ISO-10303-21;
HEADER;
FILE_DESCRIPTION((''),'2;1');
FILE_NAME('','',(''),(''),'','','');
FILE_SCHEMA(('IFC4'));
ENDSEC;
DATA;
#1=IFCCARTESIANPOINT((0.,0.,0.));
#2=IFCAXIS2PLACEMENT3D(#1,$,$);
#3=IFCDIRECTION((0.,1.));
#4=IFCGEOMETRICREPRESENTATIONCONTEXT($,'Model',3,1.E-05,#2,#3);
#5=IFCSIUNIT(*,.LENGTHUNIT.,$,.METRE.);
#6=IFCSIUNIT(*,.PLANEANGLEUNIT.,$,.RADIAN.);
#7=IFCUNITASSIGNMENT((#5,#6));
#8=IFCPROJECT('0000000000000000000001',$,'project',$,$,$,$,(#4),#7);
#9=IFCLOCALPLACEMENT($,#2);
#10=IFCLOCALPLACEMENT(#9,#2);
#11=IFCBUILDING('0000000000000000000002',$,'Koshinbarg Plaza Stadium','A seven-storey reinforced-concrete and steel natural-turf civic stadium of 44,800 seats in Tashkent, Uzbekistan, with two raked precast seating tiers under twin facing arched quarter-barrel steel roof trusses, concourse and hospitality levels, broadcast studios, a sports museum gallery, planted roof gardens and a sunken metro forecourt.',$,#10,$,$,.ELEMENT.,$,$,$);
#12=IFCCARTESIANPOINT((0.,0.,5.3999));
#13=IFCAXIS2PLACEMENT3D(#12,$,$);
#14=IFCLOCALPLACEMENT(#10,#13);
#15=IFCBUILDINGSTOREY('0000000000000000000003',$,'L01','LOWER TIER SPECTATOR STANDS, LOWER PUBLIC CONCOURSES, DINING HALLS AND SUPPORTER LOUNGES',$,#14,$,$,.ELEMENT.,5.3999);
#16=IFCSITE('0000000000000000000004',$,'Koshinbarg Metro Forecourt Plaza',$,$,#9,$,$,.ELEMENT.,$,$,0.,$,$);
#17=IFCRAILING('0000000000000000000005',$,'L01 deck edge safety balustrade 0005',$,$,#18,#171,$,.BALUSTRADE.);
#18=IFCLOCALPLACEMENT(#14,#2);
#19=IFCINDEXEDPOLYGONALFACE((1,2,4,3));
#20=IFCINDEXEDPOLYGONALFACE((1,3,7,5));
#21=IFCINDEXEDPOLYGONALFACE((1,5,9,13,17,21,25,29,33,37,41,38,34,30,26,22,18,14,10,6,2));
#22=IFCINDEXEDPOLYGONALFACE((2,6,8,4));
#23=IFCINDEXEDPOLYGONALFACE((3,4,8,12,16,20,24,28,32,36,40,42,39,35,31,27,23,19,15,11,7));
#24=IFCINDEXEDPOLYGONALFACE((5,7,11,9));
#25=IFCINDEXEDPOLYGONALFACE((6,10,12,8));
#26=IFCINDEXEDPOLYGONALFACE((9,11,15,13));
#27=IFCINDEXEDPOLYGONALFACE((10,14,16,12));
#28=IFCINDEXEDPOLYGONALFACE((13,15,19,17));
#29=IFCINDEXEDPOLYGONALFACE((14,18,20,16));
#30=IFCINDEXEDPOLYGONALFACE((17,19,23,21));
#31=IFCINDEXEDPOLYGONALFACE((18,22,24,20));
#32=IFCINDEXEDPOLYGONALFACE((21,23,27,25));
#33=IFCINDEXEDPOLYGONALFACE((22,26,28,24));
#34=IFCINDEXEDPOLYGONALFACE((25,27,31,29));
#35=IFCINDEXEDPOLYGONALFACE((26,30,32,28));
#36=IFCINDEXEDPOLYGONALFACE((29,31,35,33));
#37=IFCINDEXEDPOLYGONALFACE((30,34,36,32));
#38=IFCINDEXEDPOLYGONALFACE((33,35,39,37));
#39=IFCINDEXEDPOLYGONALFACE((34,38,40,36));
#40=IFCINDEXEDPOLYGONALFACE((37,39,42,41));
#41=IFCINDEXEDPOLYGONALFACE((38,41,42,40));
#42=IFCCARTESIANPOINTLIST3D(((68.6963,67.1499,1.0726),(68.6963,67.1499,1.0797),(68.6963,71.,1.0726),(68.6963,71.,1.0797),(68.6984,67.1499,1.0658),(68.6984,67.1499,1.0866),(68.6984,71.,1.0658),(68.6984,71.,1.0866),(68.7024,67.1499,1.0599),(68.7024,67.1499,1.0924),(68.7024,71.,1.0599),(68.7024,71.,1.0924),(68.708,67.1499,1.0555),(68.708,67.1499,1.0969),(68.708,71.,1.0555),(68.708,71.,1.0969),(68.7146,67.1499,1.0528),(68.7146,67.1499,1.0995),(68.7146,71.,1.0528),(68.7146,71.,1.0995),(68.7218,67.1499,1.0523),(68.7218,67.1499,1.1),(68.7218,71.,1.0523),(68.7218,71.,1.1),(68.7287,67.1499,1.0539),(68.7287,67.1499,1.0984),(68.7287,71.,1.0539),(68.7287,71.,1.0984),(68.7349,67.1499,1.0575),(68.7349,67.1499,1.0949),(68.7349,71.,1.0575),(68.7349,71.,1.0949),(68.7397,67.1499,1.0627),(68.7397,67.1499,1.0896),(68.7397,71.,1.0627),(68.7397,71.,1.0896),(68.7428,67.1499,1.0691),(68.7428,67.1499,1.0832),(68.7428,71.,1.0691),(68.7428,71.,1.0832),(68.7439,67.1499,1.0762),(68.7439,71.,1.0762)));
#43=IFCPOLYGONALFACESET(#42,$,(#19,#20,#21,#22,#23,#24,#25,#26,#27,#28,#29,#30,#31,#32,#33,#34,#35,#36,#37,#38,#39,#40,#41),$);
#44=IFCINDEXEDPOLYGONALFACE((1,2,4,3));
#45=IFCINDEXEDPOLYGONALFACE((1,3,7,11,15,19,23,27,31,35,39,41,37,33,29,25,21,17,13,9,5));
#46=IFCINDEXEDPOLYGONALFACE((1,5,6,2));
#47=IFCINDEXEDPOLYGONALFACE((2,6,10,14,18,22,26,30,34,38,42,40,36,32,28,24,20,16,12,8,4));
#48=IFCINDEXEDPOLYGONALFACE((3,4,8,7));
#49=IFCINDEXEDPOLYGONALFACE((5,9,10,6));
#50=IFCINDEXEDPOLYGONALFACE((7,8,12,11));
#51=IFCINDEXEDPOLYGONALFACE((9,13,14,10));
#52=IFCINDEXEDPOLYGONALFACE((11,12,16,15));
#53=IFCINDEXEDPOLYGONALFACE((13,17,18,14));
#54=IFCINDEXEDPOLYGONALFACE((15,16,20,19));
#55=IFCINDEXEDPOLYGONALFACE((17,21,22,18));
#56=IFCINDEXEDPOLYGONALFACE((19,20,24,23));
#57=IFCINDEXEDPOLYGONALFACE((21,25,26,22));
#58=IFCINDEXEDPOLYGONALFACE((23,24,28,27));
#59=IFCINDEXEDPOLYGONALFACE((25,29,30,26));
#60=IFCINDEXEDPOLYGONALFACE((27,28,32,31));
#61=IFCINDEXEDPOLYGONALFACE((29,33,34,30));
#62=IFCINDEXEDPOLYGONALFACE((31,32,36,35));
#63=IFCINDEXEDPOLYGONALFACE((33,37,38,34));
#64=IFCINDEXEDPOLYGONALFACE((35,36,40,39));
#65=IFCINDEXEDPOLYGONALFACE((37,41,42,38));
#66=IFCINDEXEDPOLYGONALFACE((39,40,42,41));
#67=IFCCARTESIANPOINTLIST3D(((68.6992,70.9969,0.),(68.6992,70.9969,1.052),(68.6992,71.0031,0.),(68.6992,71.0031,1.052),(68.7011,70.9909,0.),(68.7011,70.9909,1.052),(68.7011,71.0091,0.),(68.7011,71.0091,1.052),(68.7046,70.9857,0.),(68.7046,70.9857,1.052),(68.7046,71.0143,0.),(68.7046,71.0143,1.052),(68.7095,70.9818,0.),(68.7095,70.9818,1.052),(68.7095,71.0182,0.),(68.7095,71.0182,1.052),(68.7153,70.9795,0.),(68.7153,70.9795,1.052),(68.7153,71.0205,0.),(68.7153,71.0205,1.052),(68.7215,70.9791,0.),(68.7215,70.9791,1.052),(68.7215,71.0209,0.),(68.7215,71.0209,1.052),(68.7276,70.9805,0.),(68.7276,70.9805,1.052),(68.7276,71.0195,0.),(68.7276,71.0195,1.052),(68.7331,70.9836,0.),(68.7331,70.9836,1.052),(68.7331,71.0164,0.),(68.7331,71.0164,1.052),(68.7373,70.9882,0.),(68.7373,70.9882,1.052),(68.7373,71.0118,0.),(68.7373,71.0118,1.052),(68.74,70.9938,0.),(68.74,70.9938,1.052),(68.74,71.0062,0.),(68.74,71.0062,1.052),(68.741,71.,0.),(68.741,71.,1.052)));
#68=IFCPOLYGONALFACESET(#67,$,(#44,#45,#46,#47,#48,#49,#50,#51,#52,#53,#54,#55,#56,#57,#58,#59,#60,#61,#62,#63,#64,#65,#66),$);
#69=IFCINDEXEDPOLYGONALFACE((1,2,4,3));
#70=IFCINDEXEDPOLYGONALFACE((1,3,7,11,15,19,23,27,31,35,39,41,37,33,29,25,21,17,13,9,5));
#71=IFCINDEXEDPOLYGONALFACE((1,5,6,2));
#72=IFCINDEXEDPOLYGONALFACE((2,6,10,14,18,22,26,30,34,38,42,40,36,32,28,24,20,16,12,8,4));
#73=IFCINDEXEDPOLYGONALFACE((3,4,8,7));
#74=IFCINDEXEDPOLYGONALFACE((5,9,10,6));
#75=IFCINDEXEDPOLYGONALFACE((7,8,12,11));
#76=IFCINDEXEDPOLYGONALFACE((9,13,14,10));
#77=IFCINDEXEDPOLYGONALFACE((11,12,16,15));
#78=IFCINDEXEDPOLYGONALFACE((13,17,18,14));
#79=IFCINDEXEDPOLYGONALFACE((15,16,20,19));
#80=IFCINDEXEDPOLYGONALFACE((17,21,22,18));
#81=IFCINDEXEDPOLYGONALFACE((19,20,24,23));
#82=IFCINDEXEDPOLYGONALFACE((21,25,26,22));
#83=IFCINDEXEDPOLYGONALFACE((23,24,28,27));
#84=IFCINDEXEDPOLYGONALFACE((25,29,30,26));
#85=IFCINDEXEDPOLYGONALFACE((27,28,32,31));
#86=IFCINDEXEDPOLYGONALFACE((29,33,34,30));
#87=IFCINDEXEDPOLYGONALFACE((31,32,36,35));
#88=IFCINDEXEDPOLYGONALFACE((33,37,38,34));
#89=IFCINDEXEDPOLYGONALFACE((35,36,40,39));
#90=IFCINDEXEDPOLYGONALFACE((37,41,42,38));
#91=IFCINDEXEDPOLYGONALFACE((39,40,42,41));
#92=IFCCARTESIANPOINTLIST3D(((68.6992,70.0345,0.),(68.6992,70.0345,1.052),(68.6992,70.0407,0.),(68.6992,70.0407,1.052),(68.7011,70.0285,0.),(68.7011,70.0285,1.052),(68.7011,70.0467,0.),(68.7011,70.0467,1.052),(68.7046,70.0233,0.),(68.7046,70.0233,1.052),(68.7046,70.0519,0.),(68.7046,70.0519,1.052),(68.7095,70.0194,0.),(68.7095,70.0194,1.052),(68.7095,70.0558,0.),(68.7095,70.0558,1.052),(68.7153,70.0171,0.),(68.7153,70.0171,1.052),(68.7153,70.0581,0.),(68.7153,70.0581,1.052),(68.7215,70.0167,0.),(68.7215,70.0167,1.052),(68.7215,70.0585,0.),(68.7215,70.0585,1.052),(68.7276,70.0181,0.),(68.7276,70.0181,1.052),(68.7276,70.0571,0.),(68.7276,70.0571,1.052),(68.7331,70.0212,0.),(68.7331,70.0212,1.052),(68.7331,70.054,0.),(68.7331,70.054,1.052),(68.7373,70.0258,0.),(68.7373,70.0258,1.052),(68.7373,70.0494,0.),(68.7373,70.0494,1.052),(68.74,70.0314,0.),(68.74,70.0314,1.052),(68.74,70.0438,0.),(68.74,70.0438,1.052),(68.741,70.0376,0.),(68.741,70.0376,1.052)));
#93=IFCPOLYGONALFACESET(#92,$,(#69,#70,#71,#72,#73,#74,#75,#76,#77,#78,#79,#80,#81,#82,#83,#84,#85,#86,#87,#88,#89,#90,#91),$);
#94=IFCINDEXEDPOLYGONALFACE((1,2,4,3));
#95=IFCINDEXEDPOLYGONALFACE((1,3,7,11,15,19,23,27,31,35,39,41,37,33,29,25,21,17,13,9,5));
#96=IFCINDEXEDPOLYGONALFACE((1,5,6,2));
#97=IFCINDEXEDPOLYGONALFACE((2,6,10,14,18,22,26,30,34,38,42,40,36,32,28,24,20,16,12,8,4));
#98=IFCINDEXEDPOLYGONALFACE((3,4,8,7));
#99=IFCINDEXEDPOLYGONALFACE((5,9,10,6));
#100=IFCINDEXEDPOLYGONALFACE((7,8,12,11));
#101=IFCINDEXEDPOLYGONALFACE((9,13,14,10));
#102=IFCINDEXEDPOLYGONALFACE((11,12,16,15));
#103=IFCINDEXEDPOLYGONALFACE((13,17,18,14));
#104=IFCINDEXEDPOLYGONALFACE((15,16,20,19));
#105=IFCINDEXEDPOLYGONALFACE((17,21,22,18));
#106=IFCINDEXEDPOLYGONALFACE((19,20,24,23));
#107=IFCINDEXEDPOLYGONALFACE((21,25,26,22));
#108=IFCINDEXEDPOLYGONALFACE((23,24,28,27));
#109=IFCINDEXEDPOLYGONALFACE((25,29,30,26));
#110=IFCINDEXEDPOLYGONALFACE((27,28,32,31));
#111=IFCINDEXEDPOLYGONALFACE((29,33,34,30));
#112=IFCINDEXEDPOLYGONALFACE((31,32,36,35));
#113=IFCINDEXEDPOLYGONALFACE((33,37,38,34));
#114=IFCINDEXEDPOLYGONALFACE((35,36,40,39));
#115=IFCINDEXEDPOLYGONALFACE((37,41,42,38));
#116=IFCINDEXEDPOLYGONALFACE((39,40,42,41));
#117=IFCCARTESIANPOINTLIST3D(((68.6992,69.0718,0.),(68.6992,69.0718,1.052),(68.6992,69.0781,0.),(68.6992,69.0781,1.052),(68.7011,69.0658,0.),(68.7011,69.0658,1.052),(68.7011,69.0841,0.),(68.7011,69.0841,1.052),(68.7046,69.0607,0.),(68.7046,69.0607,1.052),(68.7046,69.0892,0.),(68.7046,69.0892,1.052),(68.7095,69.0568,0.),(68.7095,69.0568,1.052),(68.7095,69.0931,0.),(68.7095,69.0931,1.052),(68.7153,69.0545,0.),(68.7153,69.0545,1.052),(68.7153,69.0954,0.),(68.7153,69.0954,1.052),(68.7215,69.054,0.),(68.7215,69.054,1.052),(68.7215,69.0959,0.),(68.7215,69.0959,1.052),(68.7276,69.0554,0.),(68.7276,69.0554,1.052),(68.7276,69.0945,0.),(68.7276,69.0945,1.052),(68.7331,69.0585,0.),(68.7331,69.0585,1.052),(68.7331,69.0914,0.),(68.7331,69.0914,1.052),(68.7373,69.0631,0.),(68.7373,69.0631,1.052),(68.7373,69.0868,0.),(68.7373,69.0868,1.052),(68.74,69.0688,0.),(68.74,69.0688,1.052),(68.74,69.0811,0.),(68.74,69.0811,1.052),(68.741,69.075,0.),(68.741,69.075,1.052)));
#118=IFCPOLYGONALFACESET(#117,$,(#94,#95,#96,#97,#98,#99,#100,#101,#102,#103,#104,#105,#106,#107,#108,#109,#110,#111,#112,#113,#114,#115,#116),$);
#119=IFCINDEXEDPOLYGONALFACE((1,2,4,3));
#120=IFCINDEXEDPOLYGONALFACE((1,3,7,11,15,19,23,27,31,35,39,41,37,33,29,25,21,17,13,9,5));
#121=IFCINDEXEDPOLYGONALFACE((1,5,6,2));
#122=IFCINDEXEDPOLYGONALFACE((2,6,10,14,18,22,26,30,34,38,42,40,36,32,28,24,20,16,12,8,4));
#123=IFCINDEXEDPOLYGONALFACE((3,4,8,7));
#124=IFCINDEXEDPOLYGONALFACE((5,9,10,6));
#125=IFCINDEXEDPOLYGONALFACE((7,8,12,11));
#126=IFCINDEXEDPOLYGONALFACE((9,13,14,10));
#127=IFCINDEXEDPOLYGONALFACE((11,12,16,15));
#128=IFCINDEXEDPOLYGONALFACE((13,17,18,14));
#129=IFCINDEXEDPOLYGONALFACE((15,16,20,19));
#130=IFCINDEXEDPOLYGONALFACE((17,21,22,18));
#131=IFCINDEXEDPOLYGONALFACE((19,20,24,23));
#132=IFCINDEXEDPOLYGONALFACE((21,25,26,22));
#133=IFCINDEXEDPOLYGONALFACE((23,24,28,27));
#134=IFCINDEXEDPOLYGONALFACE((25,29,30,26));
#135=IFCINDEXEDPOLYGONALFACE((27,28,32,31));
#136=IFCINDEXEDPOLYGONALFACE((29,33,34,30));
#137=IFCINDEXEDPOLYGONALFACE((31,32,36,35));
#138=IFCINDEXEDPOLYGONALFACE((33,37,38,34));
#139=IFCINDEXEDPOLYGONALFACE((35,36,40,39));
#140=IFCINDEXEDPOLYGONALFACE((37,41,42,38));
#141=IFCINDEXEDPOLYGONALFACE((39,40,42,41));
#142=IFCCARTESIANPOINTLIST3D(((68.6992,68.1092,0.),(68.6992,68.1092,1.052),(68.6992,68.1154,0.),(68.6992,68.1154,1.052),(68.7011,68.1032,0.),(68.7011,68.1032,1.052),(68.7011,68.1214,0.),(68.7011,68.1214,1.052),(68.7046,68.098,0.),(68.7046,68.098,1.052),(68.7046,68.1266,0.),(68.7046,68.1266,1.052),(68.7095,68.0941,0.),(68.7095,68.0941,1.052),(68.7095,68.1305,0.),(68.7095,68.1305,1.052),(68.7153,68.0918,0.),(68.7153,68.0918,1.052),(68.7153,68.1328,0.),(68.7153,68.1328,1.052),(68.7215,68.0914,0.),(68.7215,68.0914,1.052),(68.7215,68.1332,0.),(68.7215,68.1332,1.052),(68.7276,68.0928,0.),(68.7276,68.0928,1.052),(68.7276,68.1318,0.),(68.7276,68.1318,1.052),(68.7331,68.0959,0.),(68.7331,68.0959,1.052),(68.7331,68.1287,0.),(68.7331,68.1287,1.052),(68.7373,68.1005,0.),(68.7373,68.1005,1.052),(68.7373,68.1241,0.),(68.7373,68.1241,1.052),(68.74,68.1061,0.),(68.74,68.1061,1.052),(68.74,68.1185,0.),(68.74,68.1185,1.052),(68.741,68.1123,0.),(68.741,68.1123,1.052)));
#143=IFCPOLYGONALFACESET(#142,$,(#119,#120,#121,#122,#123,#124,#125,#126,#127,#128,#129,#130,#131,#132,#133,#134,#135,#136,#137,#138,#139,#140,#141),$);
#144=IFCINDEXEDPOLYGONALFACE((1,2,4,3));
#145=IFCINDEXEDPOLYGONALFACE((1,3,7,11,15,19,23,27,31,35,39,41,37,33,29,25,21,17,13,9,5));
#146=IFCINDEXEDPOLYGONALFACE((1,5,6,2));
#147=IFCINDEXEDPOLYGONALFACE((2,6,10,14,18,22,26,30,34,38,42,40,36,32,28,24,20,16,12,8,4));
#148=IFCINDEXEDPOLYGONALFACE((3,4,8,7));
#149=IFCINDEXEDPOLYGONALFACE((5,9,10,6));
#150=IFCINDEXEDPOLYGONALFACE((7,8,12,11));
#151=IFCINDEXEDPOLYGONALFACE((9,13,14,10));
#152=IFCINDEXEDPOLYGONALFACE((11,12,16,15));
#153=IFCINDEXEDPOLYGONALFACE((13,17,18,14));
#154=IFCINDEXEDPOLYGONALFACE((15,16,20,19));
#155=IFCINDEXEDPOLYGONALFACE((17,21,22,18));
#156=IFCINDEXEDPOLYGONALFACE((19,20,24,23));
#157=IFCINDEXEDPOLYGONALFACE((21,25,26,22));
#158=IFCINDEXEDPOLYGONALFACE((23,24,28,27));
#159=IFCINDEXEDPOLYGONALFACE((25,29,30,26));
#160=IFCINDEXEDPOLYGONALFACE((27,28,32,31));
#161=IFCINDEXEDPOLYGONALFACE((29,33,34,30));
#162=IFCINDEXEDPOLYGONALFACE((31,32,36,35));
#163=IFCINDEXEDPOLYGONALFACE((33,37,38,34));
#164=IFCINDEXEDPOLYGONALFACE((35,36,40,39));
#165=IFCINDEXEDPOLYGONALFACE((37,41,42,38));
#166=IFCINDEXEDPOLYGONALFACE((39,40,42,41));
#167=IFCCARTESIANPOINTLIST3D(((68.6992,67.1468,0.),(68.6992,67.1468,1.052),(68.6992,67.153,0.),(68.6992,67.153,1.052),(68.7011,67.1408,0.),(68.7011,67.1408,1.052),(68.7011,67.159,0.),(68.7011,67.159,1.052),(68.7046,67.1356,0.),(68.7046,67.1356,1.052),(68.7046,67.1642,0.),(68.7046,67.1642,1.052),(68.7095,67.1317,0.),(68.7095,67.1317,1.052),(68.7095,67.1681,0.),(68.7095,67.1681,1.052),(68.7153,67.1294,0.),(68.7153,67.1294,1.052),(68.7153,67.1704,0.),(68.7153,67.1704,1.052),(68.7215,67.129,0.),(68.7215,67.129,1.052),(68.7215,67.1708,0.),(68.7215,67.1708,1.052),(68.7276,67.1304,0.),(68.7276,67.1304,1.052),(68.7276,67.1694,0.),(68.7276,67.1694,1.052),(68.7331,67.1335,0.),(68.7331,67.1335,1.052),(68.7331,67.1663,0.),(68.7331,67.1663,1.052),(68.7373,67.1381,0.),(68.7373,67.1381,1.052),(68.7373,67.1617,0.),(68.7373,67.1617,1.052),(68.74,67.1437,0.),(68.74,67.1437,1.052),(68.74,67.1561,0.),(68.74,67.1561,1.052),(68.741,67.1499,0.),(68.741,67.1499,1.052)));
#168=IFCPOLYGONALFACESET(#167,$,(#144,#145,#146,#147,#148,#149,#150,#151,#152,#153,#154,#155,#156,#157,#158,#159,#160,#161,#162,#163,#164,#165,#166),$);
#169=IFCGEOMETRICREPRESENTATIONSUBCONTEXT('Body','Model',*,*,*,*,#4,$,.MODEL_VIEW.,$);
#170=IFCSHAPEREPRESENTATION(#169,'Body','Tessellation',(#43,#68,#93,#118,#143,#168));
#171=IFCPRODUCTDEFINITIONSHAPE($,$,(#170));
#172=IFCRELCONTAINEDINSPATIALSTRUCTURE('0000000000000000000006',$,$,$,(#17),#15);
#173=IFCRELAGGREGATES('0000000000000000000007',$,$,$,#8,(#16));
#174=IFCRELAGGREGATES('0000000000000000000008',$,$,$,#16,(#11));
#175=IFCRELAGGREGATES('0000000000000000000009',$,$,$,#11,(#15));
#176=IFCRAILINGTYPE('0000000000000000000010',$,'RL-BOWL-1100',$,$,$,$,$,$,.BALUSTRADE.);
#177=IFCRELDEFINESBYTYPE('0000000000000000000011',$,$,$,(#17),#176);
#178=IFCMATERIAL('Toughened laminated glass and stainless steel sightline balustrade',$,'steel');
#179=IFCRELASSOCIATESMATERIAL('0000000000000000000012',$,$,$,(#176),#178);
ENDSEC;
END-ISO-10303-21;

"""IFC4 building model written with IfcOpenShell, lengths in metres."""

from ifc_helpers import new_model, si_unit, direction, frame, origin, origin_2d, place, context, subcontext, project, spatial, circle, extrude, material, type_object, element, save


model = new_model("IFC4")

# Units and contexts
model_context = context("Model", 3, precision=1e-05, world=origin(), true_north=direction((0.0, 1.0)))
body_context = subcontext(model_context, "Body", "Model", "MODEL_VIEW")
ifc_project = project(units=[si_unit("LENGTHUNIT", "METRE"), si_unit("PLANEANGLEUNIT", "RADIAN")], contexts=[model_context])

# Site, building, storey
site_placement = place(None, origin())
site = spatial("IfcSite", under=ifc_project, at=site_placement, Name="Koshinbarg Metro Forecourt Plaza", CompositionType="ELEMENT", RefElevation=0.0)
building_placement = place(site_placement, origin())
building = spatial("IfcBuilding", under=site, at=building_placement, Name="Koshinbarg Plaza Stadium", Description="A seven-storey reinforced-concrete and steel natural-turf civic stadium of 44,800 seats in Tashkent, Uzbekistan, with two raked precast seating tiers under twin facing arched quarter-barrel steel roof trusses, concourse and hospitality levels, broadcast studios, a sports museum gallery, planted roof gardens and a sunken metro forecourt.", CompositionType="ELEMENT")
storey_placement = place(building_placement, frame((0.0, 0.0, 5.3999)))
storey = spatial("IfcBuildingStorey", under=building, at=storey_placement, Name="L01", Description="LOWER TIER SPECTATOR STANDS, LOWER PUBLIC CONCOURSES, DINING HALLS AND SUPPORTER LOUNGES", CompositionType="ELEMENT", Elevation=5.3999)

# Railing
ifc_material_1 = material(Name="Toughened laminated glass and stainless steel sightline balustrade", Category="steel")
railing_type_1 = type_object("IfcRailingType", Name="RL-BOWL-1100", PredefinedType="BALUSTRADE", material=ifc_material_1)
railing_1_placement = place(storey_placement, frame((68.72, 71.0, 0.0)))
element("IfcRailing", 1, at=railing_1_placement, inside=storey, type_object=railing_type_1, Name="L01 deck edge safety balustrade 0005", PredefinedType="BALUSTRADE", context=body_context, shape_type="SweptSolid", body=[
    extrude(circle(Radius=0.0239, at=origin_2d()), frame((0.0, 0.0, 1.0762), z_axis=(0.0, -1.0, 0.0), x_axis=(1.0, 0.0, 0.0)), (0.0, 0.0, 1.0), 3.8501),
    extrude(circle(Radius=0.021, at=origin_2d()), origin(), (0.0, 0.0, 1.0), 1.052),
    extrude(circle(Radius=0.021, at=origin_2d()), frame((0.0, -0.9624, 0.0)), (0.0, 0.0, 1.0), 1.052),
    extrude(circle(Radius=0.021, at=origin_2d()), frame((0.0, -1.925, 0.0)), (0.0, 0.0, 1.0), 1.052),
    extrude(circle(Radius=0.021, at=origin_2d()), frame((0.0, -2.8877, 0.0)), (0.0, 0.0, 1.0), 1.052),
    extrude(circle(Radius=0.021, at=origin_2d()), frame((0.0, -3.8501, 0.0)), (0.0, 0.0, 1.0), 1.052),
])

save(model, "model.ifc")
